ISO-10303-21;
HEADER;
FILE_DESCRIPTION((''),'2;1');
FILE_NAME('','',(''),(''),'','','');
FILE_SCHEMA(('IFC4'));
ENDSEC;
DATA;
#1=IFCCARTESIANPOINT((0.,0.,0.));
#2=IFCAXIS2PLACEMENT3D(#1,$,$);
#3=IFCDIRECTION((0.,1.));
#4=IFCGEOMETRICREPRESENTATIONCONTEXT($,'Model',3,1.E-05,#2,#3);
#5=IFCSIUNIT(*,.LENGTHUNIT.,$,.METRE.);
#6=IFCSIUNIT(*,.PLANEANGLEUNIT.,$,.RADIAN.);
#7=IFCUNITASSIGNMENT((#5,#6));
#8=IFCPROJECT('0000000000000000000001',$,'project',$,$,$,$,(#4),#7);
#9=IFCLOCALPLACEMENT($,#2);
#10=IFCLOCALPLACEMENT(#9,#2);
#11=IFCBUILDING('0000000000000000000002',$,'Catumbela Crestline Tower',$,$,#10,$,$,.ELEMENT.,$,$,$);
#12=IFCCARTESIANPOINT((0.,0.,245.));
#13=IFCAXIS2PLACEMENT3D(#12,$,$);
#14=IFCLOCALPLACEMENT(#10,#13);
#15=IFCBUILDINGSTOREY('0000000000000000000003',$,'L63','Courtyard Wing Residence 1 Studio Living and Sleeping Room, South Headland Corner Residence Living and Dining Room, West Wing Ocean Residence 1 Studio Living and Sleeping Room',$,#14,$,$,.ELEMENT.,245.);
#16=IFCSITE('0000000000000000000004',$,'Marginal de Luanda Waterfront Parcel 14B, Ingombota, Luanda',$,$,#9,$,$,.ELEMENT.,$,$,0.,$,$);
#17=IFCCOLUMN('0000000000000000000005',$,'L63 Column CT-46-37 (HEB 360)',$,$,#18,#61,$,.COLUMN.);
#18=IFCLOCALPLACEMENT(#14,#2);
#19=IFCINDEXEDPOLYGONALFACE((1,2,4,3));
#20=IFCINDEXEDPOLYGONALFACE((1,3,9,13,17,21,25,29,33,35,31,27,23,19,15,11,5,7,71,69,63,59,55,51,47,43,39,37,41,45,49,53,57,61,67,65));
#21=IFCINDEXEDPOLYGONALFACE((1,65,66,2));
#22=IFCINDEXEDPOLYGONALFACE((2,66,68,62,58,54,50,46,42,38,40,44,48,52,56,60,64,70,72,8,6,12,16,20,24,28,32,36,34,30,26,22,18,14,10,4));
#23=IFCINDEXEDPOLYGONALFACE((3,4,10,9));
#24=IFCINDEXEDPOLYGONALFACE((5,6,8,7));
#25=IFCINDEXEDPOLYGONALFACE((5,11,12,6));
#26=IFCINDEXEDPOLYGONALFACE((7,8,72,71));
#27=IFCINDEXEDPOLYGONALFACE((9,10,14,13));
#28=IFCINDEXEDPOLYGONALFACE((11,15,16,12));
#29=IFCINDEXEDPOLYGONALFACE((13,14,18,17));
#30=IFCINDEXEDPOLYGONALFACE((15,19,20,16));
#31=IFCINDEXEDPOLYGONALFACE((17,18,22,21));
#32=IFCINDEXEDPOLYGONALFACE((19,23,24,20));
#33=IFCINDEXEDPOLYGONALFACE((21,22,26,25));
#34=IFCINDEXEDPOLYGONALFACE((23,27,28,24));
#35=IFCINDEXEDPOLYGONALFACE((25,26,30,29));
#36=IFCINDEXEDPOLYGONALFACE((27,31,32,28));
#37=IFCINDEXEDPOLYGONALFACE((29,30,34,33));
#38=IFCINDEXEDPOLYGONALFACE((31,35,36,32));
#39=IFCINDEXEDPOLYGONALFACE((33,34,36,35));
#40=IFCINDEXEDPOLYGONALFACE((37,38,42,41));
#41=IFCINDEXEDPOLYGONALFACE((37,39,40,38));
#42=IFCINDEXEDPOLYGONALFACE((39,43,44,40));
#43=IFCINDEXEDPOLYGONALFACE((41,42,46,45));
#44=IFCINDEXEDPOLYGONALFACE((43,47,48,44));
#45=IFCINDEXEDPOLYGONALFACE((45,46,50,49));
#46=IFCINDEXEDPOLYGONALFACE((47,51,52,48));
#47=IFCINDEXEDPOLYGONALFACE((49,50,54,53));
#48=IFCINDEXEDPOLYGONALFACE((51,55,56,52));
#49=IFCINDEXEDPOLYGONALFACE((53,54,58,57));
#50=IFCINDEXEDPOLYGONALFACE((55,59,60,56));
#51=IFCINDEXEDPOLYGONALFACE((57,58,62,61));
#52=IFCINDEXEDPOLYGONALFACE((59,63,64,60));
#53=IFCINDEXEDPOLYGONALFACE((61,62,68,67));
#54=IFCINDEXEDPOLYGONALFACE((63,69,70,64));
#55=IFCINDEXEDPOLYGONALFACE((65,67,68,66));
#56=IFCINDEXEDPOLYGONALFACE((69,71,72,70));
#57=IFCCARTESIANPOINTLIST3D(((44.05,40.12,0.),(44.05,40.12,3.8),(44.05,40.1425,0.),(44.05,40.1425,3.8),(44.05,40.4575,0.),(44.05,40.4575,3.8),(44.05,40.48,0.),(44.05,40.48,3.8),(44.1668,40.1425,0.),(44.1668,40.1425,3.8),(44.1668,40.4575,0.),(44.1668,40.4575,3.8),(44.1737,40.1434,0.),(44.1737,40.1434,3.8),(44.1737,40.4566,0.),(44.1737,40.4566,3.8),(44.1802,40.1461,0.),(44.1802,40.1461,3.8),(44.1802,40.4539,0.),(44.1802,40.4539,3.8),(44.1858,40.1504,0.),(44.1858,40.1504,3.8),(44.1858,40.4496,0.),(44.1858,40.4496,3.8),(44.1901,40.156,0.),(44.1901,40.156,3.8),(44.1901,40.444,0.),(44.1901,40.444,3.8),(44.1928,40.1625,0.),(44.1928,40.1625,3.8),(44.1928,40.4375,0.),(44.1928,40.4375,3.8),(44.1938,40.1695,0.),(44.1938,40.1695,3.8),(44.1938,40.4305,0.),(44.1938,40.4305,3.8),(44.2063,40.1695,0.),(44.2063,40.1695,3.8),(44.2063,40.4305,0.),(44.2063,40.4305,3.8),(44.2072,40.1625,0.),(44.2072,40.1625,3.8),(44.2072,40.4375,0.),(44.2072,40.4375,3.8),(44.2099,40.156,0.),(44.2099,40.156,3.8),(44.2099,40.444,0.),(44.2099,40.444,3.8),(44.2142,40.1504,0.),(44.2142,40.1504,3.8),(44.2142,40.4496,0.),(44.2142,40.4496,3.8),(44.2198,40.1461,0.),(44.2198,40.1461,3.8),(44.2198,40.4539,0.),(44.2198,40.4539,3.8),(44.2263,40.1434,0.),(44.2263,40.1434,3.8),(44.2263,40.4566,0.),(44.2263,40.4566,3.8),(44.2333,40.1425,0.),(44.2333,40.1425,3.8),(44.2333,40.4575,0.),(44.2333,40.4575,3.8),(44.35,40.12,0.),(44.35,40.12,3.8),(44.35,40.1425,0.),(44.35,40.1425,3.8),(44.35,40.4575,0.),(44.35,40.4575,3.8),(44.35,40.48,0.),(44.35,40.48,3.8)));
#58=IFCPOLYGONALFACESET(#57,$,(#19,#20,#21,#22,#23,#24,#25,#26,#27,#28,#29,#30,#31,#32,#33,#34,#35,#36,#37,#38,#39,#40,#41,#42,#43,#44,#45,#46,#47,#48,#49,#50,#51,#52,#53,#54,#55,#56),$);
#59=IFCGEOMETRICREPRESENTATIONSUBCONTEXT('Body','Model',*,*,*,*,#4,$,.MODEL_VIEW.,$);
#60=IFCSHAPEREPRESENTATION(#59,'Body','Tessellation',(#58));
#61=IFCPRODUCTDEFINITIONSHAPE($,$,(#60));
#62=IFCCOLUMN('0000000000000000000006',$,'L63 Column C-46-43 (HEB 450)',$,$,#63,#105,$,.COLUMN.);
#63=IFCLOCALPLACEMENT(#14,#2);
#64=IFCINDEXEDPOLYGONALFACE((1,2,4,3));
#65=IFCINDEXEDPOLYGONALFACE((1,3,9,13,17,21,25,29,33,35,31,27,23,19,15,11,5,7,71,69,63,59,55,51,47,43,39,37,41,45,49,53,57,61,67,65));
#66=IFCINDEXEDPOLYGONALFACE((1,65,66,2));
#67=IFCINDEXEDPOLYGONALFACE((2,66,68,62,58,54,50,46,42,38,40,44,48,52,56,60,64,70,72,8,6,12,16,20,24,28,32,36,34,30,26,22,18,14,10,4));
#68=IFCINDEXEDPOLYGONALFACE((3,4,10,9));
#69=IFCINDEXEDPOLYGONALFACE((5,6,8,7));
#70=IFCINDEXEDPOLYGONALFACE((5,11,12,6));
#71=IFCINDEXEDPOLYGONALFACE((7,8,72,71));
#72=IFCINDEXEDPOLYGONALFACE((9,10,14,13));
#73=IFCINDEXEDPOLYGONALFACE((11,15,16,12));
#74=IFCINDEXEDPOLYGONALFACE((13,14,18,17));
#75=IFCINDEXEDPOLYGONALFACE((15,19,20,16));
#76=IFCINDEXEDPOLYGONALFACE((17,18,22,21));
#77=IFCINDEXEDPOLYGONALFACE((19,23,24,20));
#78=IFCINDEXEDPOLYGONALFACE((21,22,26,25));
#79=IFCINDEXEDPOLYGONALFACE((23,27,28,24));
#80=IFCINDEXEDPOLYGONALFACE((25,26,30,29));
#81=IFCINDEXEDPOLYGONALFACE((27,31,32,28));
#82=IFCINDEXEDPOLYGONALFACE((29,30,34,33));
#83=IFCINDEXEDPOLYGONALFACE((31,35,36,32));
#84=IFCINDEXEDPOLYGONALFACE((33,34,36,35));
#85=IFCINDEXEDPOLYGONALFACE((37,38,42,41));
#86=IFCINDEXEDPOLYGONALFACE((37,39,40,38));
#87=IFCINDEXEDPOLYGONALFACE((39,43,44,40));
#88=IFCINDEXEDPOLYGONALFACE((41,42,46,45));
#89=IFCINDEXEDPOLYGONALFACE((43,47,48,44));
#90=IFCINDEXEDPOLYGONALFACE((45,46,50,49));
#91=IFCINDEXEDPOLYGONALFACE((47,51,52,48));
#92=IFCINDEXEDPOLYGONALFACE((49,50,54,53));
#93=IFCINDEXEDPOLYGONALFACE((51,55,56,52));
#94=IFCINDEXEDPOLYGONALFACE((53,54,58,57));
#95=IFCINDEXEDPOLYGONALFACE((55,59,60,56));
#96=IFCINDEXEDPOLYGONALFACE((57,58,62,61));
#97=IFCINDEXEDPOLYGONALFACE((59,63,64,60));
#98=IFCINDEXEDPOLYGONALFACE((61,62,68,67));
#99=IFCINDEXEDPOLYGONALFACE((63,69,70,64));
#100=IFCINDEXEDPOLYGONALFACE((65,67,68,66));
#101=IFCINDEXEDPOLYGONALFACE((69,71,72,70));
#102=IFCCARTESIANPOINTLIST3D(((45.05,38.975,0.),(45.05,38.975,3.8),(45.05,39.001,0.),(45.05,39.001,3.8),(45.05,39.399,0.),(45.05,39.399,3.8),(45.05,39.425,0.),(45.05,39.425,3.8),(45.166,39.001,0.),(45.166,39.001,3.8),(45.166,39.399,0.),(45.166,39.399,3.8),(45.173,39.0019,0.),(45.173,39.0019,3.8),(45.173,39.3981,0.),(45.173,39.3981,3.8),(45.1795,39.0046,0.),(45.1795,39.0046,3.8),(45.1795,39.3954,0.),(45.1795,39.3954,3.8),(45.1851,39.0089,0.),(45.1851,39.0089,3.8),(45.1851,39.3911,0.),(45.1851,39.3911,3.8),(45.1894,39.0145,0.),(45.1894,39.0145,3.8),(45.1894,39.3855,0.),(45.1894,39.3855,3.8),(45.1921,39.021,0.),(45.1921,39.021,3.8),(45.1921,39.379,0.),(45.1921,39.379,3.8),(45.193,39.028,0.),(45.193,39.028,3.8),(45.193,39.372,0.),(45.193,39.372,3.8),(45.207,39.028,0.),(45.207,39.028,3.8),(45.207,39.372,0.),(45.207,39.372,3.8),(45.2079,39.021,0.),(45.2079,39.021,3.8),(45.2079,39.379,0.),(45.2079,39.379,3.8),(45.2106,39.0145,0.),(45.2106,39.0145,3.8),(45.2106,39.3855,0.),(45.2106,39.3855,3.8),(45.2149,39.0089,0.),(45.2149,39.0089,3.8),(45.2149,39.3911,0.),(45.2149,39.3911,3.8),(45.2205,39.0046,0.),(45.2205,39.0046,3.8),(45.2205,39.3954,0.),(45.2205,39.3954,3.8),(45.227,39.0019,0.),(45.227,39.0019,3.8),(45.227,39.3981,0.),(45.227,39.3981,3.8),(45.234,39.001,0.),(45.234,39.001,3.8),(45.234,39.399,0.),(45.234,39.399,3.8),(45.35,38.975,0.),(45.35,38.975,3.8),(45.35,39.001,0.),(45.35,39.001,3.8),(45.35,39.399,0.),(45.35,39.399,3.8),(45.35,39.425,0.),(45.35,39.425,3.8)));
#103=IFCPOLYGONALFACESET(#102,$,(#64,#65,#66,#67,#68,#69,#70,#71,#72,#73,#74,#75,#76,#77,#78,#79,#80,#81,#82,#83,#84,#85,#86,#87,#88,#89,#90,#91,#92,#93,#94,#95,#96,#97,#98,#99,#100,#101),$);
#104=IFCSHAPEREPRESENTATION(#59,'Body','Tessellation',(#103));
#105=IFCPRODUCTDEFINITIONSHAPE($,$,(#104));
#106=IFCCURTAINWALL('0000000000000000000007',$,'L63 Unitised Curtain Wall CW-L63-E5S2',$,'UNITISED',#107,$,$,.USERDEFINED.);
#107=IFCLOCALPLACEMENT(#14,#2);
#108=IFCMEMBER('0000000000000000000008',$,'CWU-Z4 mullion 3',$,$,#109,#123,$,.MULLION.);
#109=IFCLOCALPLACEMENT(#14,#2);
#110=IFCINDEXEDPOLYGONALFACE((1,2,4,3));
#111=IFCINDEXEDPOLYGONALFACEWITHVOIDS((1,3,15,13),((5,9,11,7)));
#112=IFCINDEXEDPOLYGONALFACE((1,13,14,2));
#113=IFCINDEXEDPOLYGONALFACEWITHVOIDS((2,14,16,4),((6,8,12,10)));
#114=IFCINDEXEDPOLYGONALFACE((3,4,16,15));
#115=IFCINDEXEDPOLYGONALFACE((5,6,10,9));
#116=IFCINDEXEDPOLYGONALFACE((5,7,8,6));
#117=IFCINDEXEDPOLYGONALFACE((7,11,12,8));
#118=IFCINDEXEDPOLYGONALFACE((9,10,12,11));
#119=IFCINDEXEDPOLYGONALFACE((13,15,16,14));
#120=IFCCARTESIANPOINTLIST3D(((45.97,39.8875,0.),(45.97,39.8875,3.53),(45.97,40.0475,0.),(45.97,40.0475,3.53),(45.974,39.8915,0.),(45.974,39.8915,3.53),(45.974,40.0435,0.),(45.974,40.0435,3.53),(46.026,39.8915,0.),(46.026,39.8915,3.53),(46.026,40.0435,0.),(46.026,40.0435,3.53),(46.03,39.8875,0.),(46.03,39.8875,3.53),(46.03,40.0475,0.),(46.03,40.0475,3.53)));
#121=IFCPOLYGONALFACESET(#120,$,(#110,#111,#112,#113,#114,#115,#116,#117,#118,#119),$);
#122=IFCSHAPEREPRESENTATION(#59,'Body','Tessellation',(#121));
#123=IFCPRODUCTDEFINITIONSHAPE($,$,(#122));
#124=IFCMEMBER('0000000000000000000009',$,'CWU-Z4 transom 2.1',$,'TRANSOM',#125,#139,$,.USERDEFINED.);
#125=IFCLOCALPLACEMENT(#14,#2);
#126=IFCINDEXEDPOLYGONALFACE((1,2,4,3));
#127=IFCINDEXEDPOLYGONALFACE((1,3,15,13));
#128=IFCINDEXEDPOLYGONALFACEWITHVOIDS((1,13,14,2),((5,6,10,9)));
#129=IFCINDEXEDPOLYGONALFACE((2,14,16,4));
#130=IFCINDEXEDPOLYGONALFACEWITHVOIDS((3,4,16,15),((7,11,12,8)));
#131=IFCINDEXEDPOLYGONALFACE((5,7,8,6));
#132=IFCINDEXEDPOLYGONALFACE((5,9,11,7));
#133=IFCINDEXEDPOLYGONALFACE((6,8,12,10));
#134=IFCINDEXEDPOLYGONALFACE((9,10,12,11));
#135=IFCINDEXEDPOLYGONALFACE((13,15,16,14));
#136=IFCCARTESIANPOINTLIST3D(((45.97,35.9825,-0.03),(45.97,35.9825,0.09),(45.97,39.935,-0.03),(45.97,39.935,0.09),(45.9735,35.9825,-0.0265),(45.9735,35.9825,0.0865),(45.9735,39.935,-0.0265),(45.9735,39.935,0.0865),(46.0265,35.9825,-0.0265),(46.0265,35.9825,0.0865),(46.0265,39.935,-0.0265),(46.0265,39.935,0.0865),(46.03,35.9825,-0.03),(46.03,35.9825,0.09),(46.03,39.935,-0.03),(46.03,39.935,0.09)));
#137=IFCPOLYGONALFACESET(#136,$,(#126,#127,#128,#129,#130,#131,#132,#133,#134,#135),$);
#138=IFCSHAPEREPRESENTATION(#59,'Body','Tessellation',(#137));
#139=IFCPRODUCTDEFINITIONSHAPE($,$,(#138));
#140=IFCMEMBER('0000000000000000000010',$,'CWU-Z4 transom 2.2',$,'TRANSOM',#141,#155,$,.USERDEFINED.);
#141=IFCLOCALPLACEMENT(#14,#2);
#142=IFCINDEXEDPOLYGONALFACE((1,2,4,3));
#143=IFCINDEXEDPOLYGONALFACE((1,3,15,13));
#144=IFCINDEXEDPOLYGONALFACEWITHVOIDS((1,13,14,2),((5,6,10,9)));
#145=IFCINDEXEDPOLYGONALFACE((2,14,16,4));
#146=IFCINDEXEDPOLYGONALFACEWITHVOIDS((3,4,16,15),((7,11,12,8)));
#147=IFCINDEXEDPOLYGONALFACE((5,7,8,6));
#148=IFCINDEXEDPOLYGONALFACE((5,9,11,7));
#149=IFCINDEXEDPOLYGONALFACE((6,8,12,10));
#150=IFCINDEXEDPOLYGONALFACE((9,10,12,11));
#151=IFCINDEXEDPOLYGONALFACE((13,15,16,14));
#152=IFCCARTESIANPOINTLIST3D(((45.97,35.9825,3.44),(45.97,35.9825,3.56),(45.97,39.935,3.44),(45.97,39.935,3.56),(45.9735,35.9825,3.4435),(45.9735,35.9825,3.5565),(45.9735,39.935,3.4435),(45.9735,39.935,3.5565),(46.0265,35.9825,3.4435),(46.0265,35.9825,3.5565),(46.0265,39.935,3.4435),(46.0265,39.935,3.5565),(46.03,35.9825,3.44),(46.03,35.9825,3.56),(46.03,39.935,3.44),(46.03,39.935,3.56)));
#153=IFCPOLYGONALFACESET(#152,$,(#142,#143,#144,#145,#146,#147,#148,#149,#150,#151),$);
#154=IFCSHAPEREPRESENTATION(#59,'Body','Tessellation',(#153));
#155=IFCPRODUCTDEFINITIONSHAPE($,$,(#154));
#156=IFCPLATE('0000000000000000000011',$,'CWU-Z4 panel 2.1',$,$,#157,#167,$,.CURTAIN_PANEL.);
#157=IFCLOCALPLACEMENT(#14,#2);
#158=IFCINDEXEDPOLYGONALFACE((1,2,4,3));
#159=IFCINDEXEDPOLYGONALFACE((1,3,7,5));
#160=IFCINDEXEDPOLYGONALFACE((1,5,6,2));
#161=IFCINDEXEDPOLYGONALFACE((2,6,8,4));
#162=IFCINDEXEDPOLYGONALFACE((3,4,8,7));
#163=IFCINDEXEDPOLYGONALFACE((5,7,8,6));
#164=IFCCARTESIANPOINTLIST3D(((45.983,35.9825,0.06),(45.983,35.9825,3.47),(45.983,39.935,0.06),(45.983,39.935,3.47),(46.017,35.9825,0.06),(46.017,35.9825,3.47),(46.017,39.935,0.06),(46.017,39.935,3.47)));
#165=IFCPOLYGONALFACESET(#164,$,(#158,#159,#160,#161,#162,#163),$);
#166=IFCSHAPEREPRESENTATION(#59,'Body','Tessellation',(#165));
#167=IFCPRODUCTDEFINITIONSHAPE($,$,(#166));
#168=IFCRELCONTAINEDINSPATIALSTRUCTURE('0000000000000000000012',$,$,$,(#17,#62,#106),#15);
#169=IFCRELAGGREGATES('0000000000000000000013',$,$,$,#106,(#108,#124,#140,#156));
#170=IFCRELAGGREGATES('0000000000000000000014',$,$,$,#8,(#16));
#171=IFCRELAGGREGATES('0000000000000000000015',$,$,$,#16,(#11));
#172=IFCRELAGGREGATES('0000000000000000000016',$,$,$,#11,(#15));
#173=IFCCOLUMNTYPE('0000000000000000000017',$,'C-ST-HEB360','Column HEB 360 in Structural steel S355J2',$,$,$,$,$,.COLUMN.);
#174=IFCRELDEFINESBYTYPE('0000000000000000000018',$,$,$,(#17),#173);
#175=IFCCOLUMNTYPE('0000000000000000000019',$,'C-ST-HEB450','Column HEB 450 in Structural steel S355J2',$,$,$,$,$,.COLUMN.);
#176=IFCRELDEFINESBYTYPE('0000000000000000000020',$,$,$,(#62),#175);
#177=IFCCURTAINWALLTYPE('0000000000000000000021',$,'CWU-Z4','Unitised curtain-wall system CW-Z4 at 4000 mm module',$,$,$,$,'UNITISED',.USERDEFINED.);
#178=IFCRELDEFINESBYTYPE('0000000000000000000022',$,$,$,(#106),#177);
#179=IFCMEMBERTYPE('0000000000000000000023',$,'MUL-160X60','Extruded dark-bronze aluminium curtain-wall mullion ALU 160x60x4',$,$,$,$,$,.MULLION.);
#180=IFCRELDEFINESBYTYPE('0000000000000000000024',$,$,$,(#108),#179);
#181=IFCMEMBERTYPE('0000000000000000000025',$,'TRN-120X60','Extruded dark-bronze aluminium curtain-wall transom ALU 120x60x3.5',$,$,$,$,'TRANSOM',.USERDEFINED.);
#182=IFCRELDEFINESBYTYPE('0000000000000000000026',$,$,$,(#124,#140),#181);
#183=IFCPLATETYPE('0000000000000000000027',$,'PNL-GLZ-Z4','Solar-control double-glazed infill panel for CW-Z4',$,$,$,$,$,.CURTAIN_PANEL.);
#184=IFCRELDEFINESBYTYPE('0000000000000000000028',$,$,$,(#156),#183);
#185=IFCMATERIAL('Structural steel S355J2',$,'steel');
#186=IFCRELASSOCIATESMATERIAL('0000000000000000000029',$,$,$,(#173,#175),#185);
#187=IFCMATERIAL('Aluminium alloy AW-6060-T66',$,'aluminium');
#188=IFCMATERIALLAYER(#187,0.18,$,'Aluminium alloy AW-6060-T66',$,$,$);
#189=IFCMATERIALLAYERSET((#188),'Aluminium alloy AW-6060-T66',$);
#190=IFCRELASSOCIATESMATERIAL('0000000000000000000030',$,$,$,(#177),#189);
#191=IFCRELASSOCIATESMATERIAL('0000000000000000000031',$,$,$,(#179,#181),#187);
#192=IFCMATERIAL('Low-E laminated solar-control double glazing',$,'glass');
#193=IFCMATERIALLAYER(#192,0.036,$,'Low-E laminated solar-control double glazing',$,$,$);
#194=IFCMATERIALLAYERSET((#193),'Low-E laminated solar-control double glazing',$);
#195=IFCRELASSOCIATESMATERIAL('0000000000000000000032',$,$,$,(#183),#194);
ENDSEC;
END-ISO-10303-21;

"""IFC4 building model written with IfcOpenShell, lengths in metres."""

from ifc_helpers import new_model, si_unit, direction, frame, origin, origin_2d, place, context, subcontext, project, spatial, rectangle, hollow_rectangle, i_section, extrude, material, layer, layer_set, material_profile, profile_set, type_object, element, aggregate, save


model = new_model("IFC4")

# Units and contexts
model_context = context("Model", 3, precision=1e-05, world=origin(), true_north=direction((0.0, 1.0)))
body_context = subcontext(model_context, "Body", "Model", "MODEL_VIEW")
ifc_project = project(units=[si_unit("LENGTHUNIT", "METRE"), si_unit("PLANEANGLEUNIT", "RADIAN")], contexts=[model_context])

# Site, building, storey
site_placement = place(None, origin())
site = spatial("IfcSite", under=ifc_project, at=site_placement, Name="Marginal de Luanda Waterfront Parcel 14B, Ingombota, Luanda", CompositionType="ELEMENT", RefElevation=0.0)
building_placement = place(site_placement, origin())
building = spatial("IfcBuilding", under=site, at=building_placement, Name="Catumbela Crestline Tower", CompositionType="ELEMENT")
storey_placement = place(building_placement, frame((0.0, 0.0, 245.0)))
storey = spatial("IfcBuildingStorey", under=building, at=storey_placement, Name="L63", Description="Courtyard Wing Residence 1 Studio Living and Sleeping Room, South Headland Corner Residence Living and Dining Room, West Wing Ocean Residence 1 Studio Living and Sleeping Room", CompositionType="ELEMENT", Elevation=245.0)

# Columns
ifc_material_1 = material(Name="Structural steel S355J2", Category="steel")
ifc_material_profile_1 = material_profile(ifc_material_1, i_section(OverallWidth=0.3, OverallDepth=0.36, WebThickness=0.0125, FlangeThickness=0.0225, FilletRadius=0.027, at=origin_2d()), Name="HEB 360")
ifc_profile_set_1 = profile_set([ifc_material_profile_1], Name="Structural steel S355J2")
column_type_1 = type_object("IfcColumnType", Name="C-ST-HEB360", Description="Column HEB 360 in Structural steel S355J2", PredefinedType="COLUMN", material=ifc_profile_set_1)
column_1_placement = place(storey_placement, frame((44.2, 40.3, 0.0), z_axis=(0.0, 0.0, 1.0), x_axis=(1.0, 0.0, 0.0)))
element("IfcColumn", 1, at=column_1_placement, inside=storey, type_object=column_type_1, Name="L63 Column CT-46-37 (HEB 360)", PredefinedType="COLUMN", context=body_context, shape_type="SweptSolid", body=[
    extrude(i_section(OverallWidth=0.3, OverallDepth=0.36, WebThickness=0.0125, FlangeThickness=0.0225, FilletRadius=0.027, at=origin_2d()), origin(), (0.0, 0.0, 1.0), 3.8),
])
ifc_material_profile_2 = material_profile(ifc_material_1, i_section(OverallWidth=0.3, OverallDepth=0.45, WebThickness=0.014, FlangeThickness=0.026, FilletRadius=0.027, at=origin_2d()), Name="HEB 450")
ifc_profile_set_2 = profile_set([ifc_material_profile_2], Name="Structural steel S355J2")
column_type_2 = type_object("IfcColumnType", Name="C-ST-HEB450", Description="Column HEB 450 in Structural steel S355J2", PredefinedType="COLUMN", material=ifc_profile_set_2)
column_2_placement = place(storey_placement, frame((45.2, 39.2, 0.0), z_axis=(0.0, 0.0, 1.0), x_axis=(1.0, 0.0, 0.0)))
element("IfcColumn", 2, at=column_2_placement, inside=storey, type_object=column_type_2, Name="L63 Column C-46-43 (HEB 450)", PredefinedType="COLUMN", context=body_context, shape_type="SweptSolid", body=[
    extrude(i_section(OverallWidth=0.3, OverallDepth=0.45, WebThickness=0.014, FlangeThickness=0.026, FilletRadius=0.027, at=origin_2d()), origin(), (0.0, 0.0, 1.0), 3.8),
])

# Curtain wall, members, plate
ifc_material_2 = material(Name="Aluminium alloy AW-6060-T66", Category="aluminium")
ifc_layer_1 = layer(ifc_material_2, 0.18, Name="Aluminium alloy AW-6060-T66")
ifc_layer_set_1 = layer_set([ifc_layer_1], Name="Aluminium alloy AW-6060-T66")
curtain_wall_type = type_object("IfcCurtainWallType", Name="CWU-Z4", Description="Unitised curtain-wall system CW-Z4 at 4000 mm module", ElementType="UNITISED", PredefinedType="USERDEFINED", material=ifc_layer_set_1)
curtain_wall_placement = place(storey_placement, origin())
curtain_wall = element("IfcCurtainWall", 3, at=curtain_wall_placement, inside=storey, type_object=curtain_wall_type, Name="L63 Unitised Curtain Wall CW-L63-E5S2", ObjectType="UNITISED", PredefinedType="USERDEFINED")
ifc_material_profile_3 = material_profile(ifc_material_2, hollow_rectangle(XDim=0.06, YDim=0.16, WallThickness=0.004, at=origin_2d()), Name="ALU 160x60x4")
ifc_profile_set_3 = profile_set([ifc_material_profile_3], Name="Aluminium alloy AW-6060-T66")
member_type_1 = type_object("IfcMemberType", Name="MUL-160X60", Description="Extruded dark-bronze aluminium curtain-wall mullion ALU 160x60x4", PredefinedType="MULLION", material=ifc_profile_set_3)
member_1_placement = place(storey_placement, frame((46.0, 39.9675, 0.0), z_axis=(0.0, 0.0, 1.0), x_axis=(-1.0, 0.0, 0.0)))
member_1 = element("IfcMember", 4, at=member_1_placement, type_object=member_type_1, Name="CWU-Z4 mullion 3", PredefinedType="MULLION", context=body_context, shape_type="SweptSolid", body=[
    extrude(hollow_rectangle(XDim=0.06, YDim=0.16, WallThickness=0.004, at=origin_2d()), origin(), (0.0, 0.0, 1.0), 3.53),
])
ifc_material_profile_4 = material_profile(ifc_material_2, hollow_rectangle(XDim=0.06, YDim=0.12, WallThickness=0.0035, at=origin_2d()), Name="ALU 120x60x3.5")
ifc_profile_set_4 = profile_set([ifc_material_profile_4], Name="Aluminium alloy AW-6060-T66")
member_type_2 = type_object("IfcMemberType", Name="TRN-120X60", Description="Extruded dark-bronze aluminium curtain-wall transom ALU 120x60x3.5", ElementType="TRANSOM", PredefinedType="USERDEFINED", material=ifc_profile_set_4)
member_2_placement = place(storey_placement, frame((46.0, 35.9825, 0.03), z_axis=(0.0, 1.0, 0.0), x_axis=(-1.0, 0.0, 0.0)))
member_2 = element("IfcMember", 5, at=member_2_placement, type_object=member_type_2, Name="CWU-Z4 transom 2.1", ObjectType="TRANSOM", PredefinedType="USERDEFINED", context=body_context, shape_type="SweptSolid", body=[
    extrude(hollow_rectangle(XDim=0.06, YDim=0.12, WallThickness=0.0035, at=origin_2d()), origin(), (0.0, 0.0, 1.0), 3.9525),
])
member_3_placement = place(storey_placement, frame((46.0, 35.9825, 3.5), z_axis=(0.0, 1.0, 0.0), x_axis=(-1.0, 0.0, 0.0)))
member_3 = element("IfcMember", 6, at=member_3_placement, type_object=member_type_2, Name="CWU-Z4 transom 2.2", ObjectType="TRANSOM", PredefinedType="USERDEFINED", context=body_context, shape_type="SweptSolid", body=[
    extrude(hollow_rectangle(XDim=0.06, YDim=0.12, WallThickness=0.0035, at=origin_2d()), origin(), (0.0, 0.0, 1.0), 3.9525),
])
ifc_material_3 = material(Name="Low-E laminated solar-control double glazing", Category="glass")
ifc_layer_2 = layer(ifc_material_3, 0.036, Name="Low-E laminated solar-control double glazing")
ifc_layer_set_2 = layer_set([ifc_layer_2], Name="Low-E laminated solar-control double glazing")
plate_type = type_object("IfcPlateType", Name="PNL-GLZ-Z4", Description="Solar-control double-glazed infill panel for CW-Z4", PredefinedType="CURTAIN_PANEL", material=ifc_layer_set_2)
plate_placement = place(storey_placement, frame((46.0, 37.9588, 0.06), z_axis=(0.0, 0.0, 1.0), x_axis=(0.0, 1.0, 0.0)))
plate = element("IfcPlate", 7, at=plate_placement, type_object=plate_type, Name="CWU-Z4 panel 2.1", PredefinedType="CURTAIN_PANEL", context=body_context, shape_type="SweptSolid", body=[
    extrude(rectangle(XDim=3.9525, YDim=0.034, at=origin_2d()), origin(), (0.0, 0.0, 1.0), 3.41),
])
aggregate(curtain_wall, [member_1, member_2, member_3, plate])

save(model, "model.ifc")
